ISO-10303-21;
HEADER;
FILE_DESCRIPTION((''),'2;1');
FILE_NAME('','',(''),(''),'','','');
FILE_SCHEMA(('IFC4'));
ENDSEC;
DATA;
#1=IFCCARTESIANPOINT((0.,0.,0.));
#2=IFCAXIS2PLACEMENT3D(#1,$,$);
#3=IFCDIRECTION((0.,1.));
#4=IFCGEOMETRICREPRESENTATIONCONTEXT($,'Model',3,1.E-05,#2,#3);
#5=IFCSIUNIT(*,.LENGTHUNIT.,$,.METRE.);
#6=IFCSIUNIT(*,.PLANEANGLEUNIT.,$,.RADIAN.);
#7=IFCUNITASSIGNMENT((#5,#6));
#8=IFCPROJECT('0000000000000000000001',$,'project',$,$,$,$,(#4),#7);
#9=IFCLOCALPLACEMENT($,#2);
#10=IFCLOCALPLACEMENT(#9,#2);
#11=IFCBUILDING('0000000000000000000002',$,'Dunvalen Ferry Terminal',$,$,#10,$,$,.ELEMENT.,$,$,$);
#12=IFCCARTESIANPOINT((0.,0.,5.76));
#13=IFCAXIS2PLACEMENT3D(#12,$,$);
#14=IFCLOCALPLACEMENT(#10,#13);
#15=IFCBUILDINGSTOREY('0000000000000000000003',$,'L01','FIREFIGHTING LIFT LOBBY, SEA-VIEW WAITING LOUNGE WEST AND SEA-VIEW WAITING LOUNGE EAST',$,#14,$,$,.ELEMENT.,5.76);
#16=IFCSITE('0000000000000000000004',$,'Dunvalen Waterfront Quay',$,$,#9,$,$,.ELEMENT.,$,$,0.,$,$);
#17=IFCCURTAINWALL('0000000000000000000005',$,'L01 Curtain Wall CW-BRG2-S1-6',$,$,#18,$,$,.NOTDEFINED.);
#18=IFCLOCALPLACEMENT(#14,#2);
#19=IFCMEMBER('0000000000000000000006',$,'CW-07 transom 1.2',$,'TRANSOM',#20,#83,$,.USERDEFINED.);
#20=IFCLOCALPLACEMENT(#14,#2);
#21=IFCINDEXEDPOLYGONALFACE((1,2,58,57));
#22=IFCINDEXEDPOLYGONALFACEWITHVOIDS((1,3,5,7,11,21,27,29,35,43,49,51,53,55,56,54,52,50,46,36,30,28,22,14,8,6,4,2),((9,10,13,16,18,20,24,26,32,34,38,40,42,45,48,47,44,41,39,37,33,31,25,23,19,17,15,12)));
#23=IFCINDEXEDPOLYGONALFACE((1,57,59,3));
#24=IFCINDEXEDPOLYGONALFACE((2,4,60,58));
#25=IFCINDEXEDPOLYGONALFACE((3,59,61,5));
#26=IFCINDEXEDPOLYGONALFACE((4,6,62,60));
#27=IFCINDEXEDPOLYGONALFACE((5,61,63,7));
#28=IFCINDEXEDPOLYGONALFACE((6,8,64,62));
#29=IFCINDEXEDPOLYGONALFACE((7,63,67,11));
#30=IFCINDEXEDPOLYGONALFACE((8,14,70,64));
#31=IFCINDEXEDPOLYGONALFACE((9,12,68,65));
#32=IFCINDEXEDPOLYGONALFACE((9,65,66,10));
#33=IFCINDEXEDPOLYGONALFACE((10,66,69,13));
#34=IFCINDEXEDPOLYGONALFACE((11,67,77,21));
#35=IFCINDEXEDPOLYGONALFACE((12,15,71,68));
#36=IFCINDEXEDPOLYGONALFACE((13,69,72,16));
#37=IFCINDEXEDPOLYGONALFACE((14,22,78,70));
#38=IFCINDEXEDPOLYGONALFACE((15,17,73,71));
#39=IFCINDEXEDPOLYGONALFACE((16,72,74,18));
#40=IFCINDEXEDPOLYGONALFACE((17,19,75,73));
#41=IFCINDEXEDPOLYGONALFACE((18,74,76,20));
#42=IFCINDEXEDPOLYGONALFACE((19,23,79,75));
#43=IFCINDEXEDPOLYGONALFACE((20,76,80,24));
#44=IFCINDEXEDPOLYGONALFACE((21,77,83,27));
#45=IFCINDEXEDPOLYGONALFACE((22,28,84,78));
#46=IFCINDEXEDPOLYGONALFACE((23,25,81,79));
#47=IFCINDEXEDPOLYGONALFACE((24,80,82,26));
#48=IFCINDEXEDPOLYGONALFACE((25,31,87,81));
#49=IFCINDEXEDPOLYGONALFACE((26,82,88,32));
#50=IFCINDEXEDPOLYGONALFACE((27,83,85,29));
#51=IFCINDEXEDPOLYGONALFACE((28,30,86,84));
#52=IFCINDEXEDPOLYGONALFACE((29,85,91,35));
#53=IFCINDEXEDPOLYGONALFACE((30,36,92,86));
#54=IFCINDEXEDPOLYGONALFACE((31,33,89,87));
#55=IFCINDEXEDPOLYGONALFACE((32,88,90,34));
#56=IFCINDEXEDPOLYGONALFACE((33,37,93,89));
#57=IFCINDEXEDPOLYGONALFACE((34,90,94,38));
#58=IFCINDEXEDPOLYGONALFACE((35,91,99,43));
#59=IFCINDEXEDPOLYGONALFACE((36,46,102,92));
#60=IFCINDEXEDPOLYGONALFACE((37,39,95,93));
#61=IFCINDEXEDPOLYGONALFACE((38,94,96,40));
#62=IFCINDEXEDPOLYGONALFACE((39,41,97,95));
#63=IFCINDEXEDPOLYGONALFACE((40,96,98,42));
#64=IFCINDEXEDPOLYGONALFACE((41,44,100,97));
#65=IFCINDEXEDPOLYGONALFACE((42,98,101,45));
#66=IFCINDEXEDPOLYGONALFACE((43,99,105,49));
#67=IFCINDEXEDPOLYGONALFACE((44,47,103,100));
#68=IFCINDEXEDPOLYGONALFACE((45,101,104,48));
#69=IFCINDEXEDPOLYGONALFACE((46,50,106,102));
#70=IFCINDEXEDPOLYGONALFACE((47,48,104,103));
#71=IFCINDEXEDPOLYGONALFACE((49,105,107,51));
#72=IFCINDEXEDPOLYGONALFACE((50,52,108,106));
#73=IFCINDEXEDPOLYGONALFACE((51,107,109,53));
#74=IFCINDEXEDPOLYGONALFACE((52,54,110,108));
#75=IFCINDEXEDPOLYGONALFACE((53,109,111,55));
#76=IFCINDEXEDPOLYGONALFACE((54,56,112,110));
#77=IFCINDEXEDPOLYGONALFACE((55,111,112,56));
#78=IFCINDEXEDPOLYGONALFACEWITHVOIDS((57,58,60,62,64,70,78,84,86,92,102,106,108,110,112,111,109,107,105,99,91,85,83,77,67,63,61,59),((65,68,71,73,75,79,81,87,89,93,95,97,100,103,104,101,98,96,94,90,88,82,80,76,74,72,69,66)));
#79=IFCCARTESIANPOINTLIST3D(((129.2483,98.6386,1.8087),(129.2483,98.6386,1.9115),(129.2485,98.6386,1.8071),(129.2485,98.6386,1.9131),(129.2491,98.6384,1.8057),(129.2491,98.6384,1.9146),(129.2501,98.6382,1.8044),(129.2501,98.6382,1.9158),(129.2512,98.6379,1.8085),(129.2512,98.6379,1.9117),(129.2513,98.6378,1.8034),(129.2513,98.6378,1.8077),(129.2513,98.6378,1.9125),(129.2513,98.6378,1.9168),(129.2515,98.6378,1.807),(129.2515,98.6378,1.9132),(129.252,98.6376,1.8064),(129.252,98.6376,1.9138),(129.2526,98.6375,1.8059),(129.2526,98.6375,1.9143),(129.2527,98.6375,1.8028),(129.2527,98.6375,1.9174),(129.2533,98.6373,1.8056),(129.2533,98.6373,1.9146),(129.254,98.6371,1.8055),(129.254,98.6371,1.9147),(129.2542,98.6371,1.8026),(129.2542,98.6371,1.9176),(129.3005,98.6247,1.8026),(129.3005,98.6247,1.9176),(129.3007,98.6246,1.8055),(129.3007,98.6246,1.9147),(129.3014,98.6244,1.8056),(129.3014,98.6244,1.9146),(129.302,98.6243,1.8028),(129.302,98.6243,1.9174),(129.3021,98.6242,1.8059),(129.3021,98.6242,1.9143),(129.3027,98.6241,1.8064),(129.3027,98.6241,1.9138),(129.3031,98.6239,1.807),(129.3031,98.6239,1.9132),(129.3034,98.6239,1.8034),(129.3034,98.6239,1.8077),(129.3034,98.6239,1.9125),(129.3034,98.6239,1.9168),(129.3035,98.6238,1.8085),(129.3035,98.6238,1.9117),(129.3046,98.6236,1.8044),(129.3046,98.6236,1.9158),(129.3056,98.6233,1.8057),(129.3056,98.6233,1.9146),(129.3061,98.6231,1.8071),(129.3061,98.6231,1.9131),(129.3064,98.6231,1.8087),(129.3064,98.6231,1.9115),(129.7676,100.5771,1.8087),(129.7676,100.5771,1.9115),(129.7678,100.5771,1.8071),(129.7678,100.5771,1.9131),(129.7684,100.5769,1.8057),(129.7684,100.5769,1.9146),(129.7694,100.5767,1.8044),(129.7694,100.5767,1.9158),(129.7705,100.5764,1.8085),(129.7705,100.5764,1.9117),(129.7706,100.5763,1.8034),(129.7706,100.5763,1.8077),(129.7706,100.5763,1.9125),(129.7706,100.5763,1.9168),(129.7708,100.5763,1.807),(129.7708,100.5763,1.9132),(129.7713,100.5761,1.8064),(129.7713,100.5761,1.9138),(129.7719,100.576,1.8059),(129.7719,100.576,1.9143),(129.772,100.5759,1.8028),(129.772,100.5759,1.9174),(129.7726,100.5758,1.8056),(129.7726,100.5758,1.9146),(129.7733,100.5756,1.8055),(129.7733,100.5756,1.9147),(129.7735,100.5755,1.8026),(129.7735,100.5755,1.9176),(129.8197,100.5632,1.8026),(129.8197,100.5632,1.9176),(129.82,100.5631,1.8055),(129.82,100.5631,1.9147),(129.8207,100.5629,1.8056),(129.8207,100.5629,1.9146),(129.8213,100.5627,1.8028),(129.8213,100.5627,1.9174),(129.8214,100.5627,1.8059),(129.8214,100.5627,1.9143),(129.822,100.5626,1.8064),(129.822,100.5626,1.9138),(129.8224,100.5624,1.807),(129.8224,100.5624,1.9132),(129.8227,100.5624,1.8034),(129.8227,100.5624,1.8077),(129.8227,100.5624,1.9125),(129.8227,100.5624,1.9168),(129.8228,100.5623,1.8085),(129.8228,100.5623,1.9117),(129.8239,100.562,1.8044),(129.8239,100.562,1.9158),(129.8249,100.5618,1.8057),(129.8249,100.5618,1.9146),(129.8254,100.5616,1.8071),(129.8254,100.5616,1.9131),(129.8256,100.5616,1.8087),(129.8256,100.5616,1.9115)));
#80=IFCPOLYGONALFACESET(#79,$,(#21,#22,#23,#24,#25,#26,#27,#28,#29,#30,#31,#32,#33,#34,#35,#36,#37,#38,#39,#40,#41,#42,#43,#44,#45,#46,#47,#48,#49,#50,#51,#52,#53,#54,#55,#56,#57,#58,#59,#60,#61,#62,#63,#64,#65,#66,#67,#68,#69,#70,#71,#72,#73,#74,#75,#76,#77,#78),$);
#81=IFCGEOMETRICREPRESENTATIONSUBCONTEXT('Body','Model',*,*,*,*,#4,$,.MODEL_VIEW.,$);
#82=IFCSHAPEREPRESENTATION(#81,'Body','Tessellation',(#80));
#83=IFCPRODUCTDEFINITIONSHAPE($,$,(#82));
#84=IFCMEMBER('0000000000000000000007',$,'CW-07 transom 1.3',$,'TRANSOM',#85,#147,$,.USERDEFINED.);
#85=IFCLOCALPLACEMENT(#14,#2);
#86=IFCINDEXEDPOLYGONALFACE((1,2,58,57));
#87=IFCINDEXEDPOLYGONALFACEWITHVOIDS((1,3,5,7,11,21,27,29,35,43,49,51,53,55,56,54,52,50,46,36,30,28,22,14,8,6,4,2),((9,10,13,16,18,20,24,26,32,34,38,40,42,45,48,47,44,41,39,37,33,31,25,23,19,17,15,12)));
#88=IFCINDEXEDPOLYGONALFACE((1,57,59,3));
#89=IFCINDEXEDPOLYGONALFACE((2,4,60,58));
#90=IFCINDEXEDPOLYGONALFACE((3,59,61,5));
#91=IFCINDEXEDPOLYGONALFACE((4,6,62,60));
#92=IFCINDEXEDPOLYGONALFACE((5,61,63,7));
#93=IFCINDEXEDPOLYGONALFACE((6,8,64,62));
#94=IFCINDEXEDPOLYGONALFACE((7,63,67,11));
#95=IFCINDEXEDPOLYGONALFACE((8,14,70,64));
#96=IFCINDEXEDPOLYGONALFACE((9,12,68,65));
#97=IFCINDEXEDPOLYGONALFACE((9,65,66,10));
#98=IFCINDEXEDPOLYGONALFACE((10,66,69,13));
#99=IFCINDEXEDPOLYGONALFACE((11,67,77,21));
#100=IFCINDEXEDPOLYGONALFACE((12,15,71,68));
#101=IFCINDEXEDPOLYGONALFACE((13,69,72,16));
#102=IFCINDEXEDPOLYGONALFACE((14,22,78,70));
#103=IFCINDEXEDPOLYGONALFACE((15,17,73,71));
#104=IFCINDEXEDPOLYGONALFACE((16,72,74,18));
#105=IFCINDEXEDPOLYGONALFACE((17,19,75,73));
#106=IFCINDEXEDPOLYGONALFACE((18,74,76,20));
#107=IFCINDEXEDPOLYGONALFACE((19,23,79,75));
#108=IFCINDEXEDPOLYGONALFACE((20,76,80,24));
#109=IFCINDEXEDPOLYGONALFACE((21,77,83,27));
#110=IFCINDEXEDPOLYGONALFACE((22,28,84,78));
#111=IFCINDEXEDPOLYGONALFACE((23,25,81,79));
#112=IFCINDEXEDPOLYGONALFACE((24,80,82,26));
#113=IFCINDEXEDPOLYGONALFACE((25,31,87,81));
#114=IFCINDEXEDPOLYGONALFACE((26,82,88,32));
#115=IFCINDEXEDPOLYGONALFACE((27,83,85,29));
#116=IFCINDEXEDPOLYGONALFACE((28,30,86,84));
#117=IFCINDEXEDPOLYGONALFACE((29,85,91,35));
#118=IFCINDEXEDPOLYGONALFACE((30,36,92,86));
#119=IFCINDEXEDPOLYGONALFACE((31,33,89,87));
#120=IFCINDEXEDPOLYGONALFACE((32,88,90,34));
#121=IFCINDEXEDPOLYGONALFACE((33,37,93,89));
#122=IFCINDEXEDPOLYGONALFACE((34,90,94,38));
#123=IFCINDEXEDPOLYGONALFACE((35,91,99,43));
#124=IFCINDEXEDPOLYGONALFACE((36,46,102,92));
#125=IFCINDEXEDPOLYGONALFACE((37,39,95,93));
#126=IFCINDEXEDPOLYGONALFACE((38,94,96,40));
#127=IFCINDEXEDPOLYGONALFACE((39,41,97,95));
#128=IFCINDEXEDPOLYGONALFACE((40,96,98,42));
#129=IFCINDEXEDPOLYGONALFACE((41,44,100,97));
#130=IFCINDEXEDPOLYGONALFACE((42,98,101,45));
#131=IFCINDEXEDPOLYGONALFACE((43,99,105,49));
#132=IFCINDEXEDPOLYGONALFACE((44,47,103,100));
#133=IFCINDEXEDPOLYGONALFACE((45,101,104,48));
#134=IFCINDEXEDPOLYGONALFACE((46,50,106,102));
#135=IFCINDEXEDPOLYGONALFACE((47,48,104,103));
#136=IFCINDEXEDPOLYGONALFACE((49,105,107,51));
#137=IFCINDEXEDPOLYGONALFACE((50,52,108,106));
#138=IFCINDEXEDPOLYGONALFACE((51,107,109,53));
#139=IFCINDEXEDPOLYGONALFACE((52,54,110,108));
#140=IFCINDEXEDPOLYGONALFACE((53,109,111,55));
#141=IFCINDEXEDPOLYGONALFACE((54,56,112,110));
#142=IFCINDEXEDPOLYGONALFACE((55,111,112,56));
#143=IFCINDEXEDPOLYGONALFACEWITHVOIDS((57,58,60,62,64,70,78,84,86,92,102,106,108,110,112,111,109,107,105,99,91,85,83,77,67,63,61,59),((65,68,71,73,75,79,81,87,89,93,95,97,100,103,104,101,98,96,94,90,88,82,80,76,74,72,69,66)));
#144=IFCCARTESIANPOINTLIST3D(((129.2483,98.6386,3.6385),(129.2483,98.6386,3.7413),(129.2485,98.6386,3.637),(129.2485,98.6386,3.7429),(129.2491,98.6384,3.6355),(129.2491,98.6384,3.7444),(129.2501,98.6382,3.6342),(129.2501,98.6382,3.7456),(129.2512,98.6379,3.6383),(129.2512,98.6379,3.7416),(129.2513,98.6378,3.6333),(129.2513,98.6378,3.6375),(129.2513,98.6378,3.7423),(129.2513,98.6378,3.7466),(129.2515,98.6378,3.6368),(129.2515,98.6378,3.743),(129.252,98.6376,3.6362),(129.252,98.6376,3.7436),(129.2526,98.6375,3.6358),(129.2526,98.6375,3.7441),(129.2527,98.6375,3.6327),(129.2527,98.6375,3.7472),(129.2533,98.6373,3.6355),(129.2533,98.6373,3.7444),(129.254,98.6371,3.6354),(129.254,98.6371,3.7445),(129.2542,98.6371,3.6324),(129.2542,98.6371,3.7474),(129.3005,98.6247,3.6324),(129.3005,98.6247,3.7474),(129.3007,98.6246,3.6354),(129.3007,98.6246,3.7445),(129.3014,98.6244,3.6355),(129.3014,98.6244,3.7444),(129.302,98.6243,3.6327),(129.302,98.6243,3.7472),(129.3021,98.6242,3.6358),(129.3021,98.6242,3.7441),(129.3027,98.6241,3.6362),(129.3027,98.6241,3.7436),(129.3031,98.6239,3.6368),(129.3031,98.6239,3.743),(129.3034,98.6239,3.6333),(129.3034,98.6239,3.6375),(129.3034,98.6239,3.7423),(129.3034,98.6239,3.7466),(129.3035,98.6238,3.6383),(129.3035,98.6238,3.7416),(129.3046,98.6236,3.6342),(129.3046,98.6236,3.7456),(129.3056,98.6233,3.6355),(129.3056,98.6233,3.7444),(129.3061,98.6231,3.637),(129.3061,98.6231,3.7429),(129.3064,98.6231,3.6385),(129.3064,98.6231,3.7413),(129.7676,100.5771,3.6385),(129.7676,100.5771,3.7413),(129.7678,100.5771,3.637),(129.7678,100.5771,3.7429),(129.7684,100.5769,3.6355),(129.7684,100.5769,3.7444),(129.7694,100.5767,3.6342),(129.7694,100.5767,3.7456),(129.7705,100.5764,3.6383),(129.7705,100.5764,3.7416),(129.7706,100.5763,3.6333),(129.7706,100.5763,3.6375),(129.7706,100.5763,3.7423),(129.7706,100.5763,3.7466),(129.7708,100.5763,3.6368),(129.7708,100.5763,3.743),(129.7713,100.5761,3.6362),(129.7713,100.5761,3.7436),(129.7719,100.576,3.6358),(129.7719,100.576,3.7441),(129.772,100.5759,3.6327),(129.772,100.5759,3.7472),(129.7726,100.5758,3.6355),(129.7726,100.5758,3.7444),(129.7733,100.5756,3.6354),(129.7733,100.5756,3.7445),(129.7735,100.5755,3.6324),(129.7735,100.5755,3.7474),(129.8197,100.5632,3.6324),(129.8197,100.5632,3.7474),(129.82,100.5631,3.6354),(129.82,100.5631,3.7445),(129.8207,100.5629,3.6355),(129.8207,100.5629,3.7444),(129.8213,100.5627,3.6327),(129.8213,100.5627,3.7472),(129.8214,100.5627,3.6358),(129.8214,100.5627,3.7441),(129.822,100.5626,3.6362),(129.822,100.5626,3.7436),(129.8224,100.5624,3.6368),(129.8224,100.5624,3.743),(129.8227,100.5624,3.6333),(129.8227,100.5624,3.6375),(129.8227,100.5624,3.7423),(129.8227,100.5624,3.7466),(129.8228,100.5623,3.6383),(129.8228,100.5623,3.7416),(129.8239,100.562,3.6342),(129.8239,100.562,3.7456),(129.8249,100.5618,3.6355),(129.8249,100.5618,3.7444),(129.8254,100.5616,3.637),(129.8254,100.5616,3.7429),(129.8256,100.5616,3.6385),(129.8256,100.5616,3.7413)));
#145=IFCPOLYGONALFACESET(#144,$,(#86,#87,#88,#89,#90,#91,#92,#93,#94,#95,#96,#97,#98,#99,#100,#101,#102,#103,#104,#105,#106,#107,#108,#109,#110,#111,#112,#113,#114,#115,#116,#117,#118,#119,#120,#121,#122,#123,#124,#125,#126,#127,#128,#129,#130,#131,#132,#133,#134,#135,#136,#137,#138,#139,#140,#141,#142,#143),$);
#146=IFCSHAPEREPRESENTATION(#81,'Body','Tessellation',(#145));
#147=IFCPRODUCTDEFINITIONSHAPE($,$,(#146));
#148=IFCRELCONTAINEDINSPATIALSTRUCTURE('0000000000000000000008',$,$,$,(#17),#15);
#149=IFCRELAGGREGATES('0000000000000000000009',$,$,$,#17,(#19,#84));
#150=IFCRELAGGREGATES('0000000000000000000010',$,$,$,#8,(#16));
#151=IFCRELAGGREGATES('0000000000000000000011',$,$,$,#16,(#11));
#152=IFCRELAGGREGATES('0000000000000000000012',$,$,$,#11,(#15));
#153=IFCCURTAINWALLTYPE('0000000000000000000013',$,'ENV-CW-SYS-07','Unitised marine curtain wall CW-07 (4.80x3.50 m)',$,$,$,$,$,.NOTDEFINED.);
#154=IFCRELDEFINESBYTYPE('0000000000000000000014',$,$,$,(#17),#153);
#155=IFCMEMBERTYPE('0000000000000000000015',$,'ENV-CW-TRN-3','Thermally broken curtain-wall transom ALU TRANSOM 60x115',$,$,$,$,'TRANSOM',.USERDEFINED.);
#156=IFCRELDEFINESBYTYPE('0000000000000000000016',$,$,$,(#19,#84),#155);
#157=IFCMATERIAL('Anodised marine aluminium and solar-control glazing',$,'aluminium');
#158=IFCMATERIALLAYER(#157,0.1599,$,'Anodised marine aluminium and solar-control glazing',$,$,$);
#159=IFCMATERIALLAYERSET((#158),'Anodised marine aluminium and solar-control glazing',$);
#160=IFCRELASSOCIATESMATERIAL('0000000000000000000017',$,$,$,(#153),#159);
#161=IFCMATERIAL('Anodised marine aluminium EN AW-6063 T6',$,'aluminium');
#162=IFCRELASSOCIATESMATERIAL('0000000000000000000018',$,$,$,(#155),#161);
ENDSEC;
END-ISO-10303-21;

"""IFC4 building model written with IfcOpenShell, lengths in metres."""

from ifc_helpers import new_model, si_unit, direction, frame, origin, origin_2d, place, context, subcontext, project, spatial, hollow_rectangle, extrude, material, layer, layer_set, material_profile, profile_set, type_object, element, aggregate, save


model = new_model("IFC4")

# Units and contexts
model_context = context("Model", 3, precision=1e-05, world=origin(), true_north=direction((0.0, 1.0)))
body_context = subcontext(model_context, "Body", "Model", "MODEL_VIEW")
ifc_project = project(units=[si_unit("LENGTHUNIT", "METRE"), si_unit("PLANEANGLEUNIT", "RADIAN")], contexts=[model_context])

# Site, building, storey
site_placement = place(None, origin())
site = spatial("IfcSite", under=ifc_project, at=site_placement, Name="Dunvalen Waterfront Quay", CompositionType="ELEMENT", RefElevation=0.0)
building_placement = place(site_placement, origin())
building = spatial("IfcBuilding", under=site, at=building_placement, Name="Dunvalen Ferry Terminal", CompositionType="ELEMENT")
storey_placement = place(building_placement, frame((0.0, 0.0, 5.76)))
storey = spatial("IfcBuildingStorey", under=building, at=storey_placement, Name="L01", Description="FIREFIGHTING LIFT LOBBY, SEA-VIEW WAITING LOUNGE WEST AND SEA-VIEW WAITING LOUNGE EAST", CompositionType="ELEMENT", Elevation=5.76)

# Curtain wall
ifc_material_1 = material(Name="Anodised marine aluminium and solar-control glazing", Category="aluminium")
ifc_layer_1 = layer(ifc_material_1, 0.1599, Name="Anodised marine aluminium and solar-control glazing")
ifc_layer_set_1 = layer_set([ifc_layer_1], Name="Anodised marine aluminium and solar-control glazing")
curtain_wall_type = type_object("IfcCurtainWallType", Name="ENV-CW-SYS-07", Description="Unitised marine curtain wall CW-07 (4.80x3.50 m)", PredefinedType="NOTDEFINED", material=ifc_layer_set_1)
curtain_wall_1_placement = place(storey_placement, origin())
curtain_wall_1 = element("IfcCurtainWall", 1, at=curtain_wall_1_placement, inside=storey, type_object=curtain_wall_type, Name="L01 Curtain Wall CW-BRG2-S1-6", PredefinedType="NOTDEFINED")
ifc_material_2 = material(Name="Anodised marine aluminium EN AW-6063 T6", Category="aluminium")

# Members
ifc_material_profile_1 = material_profile(ifc_material_2, hollow_rectangle(XDim=0.0601, YDim=0.115, WallThickness=0.0029, InnerFilletRadius=0.0029, OuterFilletRadius=0.0061, at=origin_2d()), Name="Anodised marine aluminium EN AW-6063 T6")
ifc_profile_set_1 = profile_set([ifc_material_profile_1], Name="Anodised marine aluminium EN AW-6063 T6")
member_type_1 = type_object("IfcMemberType", Name="ENV-CW-TRN-3", Description="Thermally broken curtain-wall transom ALU TRANSOM 60x115", ElementType="TRANSOM", PredefinedType="USERDEFINED", material=ifc_profile_set_1)
member_1_placement = place(storey_placement, frame((129.2773, 98.6309, 1.8601), z_axis=(0.25876, 0.965942, 0.0), x_axis=(-0.965942, 0.25876, 0.0)))
member_1 = element("IfcMember", 2, at=member_1_placement, type_object=member_type_1, Name="CW-07 transom 1.2", ObjectType="TRANSOM", PredefinedType="USERDEFINED", context=body_context, shape_type="SweptSolid", body=[
    extrude(hollow_rectangle(XDim=0.0601, YDim=0.115, WallThickness=0.0029, InnerFilletRadius=0.0029, OuterFilletRadius=0.0061, at=origin_2d()), origin(), (0.0, 0.0, 1.0), 2.0068),
])
member_2_placement = place(storey_placement, frame((129.2773, 98.6309, 3.6899), z_axis=(0.25876, 0.965942, 0.0), x_axis=(-0.965942, 0.25876, 0.0)))
member_2 = element("IfcMember", 3, at=member_2_placement, type_object=member_type_1, Name="CW-07 transom 1.3", ObjectType="TRANSOM", PredefinedType="USERDEFINED", context=body_context, shape_type="SweptSolid", body=[
    extrude(hollow_rectangle(XDim=0.0601, YDim=0.115, WallThickness=0.0029, InnerFilletRadius=0.0029, OuterFilletRadius=0.0061, at=origin_2d()), origin(), (0.0, 0.0, 1.0), 2.0068),
])

aggregate(curtain_wall_1, [member_1, member_2])

save(model, "model.ifc")
